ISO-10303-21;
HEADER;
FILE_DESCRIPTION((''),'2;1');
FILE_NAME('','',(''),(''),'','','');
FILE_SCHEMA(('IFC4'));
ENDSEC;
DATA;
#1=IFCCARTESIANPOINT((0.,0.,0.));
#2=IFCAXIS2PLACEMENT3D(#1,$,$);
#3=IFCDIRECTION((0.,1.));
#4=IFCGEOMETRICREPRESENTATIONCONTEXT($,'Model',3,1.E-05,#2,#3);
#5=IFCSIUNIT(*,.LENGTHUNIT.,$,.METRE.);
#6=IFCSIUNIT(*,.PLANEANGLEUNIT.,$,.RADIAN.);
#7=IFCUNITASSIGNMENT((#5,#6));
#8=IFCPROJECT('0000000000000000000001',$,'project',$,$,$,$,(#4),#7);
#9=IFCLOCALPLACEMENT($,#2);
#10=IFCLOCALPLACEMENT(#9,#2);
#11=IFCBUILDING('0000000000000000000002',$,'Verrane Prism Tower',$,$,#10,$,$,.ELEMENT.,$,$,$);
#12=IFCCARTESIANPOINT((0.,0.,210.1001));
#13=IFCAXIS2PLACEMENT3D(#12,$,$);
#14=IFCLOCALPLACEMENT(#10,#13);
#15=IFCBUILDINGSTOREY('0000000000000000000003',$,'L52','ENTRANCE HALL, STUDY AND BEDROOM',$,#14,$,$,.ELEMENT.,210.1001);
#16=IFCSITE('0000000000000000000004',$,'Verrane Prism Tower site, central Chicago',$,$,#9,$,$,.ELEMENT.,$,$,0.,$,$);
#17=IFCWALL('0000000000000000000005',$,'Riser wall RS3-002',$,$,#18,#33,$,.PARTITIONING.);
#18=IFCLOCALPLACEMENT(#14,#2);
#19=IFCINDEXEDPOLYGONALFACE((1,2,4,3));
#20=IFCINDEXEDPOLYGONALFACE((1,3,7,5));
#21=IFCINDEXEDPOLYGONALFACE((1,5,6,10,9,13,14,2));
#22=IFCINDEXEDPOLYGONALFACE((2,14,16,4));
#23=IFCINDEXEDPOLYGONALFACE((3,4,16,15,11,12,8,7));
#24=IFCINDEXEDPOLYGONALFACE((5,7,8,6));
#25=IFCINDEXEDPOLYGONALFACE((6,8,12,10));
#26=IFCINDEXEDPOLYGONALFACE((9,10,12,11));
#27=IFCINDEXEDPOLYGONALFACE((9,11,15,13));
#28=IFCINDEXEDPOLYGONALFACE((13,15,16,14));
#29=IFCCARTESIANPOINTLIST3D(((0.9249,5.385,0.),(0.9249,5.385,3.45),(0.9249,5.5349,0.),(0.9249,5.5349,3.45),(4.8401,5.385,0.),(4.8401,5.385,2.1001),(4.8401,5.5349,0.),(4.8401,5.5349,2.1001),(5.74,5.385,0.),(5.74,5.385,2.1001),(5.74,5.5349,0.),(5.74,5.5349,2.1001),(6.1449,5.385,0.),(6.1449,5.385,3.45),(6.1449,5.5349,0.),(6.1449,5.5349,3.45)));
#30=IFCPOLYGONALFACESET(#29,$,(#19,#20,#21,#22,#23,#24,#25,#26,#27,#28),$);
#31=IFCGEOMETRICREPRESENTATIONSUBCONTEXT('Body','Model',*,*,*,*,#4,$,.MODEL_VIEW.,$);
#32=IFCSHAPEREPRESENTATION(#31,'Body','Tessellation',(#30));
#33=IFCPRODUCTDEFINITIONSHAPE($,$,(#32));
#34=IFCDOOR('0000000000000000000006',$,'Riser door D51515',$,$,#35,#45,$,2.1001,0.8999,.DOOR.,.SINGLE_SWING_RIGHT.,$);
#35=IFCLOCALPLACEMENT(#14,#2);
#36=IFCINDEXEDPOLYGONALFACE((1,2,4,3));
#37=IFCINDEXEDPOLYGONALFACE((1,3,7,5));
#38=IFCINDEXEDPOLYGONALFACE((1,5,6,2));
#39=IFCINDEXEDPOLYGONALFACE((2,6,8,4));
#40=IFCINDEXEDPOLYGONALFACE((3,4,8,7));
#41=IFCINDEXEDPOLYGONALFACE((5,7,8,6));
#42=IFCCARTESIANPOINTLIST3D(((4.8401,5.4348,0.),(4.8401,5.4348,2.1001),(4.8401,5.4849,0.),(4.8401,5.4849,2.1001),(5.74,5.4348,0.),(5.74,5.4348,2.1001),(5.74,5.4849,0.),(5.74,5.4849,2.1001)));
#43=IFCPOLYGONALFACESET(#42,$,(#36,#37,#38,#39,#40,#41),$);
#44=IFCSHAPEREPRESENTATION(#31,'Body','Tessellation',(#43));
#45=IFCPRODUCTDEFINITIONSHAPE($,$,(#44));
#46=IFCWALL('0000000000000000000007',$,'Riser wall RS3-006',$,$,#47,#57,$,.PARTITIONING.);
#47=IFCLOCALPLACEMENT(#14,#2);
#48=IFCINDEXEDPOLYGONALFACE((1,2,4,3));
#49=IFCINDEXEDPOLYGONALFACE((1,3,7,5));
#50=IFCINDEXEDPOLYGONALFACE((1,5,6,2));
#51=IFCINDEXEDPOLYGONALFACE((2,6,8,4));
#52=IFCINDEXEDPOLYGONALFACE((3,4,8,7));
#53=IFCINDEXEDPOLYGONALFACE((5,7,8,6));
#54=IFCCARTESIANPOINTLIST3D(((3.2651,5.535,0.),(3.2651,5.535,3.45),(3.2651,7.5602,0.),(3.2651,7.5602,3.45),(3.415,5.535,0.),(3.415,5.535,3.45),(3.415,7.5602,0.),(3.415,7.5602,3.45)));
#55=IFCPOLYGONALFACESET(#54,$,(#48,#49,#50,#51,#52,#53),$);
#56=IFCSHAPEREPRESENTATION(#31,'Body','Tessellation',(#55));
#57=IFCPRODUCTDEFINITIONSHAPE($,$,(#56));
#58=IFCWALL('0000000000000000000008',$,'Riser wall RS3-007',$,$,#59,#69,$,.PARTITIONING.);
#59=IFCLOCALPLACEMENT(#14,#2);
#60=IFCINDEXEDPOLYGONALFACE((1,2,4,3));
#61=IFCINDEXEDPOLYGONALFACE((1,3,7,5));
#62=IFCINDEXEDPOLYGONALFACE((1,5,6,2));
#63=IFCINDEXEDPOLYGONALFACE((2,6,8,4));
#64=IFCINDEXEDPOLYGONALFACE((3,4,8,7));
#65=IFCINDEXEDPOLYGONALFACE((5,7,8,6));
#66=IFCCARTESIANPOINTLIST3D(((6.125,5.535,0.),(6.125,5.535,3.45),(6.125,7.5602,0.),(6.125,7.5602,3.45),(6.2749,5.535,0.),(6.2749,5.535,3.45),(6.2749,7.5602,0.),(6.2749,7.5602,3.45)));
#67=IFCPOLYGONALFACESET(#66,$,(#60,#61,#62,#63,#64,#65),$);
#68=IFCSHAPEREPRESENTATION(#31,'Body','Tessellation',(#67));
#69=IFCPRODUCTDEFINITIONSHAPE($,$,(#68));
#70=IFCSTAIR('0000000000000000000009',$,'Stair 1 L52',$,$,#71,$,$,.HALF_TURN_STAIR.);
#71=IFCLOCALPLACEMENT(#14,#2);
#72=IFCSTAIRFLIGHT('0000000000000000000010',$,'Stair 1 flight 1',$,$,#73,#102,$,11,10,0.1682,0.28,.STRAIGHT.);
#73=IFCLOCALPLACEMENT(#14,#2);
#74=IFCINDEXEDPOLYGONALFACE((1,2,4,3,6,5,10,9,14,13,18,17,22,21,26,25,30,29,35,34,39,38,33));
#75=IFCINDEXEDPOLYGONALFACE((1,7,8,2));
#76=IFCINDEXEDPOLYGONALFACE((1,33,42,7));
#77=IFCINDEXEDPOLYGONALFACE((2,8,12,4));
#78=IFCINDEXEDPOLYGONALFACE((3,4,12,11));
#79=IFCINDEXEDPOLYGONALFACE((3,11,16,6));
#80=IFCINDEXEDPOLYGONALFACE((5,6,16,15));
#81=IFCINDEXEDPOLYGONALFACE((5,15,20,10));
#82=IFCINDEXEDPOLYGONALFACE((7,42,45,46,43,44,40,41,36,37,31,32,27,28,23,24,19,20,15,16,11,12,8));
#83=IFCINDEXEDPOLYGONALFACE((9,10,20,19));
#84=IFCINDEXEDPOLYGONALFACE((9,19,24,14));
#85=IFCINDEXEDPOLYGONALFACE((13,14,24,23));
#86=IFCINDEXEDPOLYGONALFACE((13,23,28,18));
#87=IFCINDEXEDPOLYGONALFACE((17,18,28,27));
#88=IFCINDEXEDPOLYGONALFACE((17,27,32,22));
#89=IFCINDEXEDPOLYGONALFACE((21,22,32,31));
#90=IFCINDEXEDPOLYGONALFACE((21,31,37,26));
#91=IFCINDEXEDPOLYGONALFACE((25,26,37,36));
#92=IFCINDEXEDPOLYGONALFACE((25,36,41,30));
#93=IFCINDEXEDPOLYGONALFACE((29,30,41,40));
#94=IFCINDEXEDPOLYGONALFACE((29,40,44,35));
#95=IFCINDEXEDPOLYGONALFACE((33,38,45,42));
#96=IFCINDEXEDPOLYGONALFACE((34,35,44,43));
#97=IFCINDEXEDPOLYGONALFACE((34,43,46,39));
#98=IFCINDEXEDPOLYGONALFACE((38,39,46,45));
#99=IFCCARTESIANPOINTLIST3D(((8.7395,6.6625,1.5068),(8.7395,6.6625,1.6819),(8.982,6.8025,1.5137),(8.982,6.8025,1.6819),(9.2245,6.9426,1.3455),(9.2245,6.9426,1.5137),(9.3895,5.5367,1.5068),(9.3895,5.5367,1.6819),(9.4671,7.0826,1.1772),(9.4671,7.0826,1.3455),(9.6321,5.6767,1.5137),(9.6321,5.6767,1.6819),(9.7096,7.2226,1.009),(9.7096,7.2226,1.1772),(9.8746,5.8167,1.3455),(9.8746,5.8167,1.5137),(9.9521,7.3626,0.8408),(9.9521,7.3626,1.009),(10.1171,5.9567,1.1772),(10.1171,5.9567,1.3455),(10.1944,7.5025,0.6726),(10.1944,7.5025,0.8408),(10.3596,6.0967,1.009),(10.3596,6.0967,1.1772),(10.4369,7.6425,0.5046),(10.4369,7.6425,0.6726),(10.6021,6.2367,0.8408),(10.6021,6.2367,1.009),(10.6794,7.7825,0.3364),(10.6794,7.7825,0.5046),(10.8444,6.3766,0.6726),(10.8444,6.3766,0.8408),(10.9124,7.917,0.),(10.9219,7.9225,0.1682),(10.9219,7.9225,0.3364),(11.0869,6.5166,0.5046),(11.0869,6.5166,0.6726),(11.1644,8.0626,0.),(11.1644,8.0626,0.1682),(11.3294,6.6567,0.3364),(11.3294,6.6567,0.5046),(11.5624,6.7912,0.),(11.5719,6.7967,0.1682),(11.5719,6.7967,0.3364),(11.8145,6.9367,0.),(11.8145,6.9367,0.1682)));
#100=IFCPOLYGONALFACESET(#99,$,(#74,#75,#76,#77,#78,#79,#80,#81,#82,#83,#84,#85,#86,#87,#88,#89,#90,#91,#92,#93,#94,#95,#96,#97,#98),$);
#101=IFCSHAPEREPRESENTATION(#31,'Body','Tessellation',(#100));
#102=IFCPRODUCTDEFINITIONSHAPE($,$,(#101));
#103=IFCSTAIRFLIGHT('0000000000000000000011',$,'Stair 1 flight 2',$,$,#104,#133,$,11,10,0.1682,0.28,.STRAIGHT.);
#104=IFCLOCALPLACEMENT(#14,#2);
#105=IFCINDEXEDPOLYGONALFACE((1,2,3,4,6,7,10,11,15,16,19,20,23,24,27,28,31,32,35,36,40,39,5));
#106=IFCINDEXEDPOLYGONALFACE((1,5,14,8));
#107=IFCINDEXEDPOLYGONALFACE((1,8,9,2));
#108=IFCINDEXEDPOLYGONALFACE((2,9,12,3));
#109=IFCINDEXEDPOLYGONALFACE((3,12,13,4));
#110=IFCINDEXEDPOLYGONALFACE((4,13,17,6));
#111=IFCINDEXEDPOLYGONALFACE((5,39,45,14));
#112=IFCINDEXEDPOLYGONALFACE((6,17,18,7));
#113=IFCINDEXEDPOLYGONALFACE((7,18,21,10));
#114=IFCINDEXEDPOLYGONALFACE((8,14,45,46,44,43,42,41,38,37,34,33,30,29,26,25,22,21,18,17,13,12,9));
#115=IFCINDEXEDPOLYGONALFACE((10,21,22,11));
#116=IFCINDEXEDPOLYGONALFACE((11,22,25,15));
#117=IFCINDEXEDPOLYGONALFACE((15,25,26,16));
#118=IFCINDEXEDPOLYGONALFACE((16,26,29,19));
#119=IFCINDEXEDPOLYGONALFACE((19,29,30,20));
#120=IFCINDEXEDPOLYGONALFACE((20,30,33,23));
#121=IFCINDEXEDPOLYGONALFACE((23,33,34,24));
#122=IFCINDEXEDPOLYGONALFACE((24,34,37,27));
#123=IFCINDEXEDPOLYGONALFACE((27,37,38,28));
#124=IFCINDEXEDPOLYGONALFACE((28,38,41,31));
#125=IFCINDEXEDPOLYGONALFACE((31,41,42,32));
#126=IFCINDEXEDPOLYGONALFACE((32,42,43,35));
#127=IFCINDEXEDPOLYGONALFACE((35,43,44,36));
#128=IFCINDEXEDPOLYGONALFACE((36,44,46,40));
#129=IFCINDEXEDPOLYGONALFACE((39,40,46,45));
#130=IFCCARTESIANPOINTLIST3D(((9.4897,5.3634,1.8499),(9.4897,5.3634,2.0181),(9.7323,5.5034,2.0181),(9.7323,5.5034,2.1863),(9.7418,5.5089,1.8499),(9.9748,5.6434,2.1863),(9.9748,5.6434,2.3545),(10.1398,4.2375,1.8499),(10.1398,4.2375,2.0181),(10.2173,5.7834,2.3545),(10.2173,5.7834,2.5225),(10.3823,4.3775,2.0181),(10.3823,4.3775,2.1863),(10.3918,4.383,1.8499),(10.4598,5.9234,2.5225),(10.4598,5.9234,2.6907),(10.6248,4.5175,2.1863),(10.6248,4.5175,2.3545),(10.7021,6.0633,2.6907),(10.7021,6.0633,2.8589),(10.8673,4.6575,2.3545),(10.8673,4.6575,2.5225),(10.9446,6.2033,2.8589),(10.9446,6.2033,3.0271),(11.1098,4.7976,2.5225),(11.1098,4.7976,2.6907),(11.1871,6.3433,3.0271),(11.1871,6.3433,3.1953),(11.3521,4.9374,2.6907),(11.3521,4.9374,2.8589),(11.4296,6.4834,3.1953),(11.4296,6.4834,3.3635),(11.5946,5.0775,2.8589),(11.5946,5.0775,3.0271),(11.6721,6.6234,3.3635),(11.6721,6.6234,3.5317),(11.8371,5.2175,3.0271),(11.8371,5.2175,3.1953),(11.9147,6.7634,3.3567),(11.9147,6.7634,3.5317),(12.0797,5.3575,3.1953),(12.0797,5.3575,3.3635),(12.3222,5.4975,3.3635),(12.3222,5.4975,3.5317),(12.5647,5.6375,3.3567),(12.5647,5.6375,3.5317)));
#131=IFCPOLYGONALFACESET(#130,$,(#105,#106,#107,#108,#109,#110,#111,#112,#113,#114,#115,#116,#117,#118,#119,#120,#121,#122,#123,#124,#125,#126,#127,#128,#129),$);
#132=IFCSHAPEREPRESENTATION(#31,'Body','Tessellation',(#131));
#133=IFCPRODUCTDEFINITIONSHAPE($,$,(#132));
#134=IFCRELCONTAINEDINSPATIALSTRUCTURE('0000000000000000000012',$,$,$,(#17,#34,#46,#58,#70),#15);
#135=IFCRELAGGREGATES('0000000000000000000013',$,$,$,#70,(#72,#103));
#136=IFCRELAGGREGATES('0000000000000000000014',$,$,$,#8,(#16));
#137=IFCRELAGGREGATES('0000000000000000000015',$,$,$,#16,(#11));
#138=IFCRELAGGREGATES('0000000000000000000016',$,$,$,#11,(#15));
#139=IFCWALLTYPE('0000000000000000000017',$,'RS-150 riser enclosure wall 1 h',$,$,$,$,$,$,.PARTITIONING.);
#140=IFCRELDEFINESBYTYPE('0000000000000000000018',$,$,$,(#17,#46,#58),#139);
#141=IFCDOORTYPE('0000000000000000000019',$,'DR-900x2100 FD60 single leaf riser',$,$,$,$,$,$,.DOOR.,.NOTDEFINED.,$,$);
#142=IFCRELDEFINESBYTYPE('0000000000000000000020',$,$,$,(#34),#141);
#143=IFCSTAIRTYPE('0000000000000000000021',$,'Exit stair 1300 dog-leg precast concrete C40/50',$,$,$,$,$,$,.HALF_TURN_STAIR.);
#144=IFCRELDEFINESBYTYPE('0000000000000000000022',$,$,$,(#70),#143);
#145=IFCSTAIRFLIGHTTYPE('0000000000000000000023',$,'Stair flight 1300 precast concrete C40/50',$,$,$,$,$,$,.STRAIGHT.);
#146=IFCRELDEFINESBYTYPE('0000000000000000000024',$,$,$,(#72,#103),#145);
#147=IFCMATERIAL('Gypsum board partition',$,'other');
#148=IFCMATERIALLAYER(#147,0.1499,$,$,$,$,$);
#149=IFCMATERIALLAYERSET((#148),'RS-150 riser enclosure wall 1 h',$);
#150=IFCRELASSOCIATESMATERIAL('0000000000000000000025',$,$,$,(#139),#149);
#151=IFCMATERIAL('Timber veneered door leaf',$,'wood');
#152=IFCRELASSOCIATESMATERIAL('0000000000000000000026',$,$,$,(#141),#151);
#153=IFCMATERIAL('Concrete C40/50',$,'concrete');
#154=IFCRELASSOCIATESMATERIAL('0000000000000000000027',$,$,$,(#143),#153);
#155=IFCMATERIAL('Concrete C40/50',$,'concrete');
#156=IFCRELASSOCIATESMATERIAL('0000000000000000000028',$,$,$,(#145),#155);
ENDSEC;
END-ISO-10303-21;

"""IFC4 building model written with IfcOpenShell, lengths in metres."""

from ifc_helpers import new_model, si_unit, direction, frame, frame_2d, origin, place, context, subcontext, project, spatial, polyline, rectangle, outline, extrude, material, layer, layer_set, type_object, element, fill, aggregate, save


model = new_model("IFC4")

# Units and contexts
model_context = context("Model", 3, precision=1e-05, world=origin(), true_north=direction((0.0, 1.0)))
body_context = subcontext(model_context, "Body", "Model", "MODEL_VIEW")
ifc_project = project(units=[si_unit("LENGTHUNIT", "METRE"), si_unit("PLANEANGLEUNIT", "RADIAN")], contexts=[model_context])

# Site, building, storey
site_placement = place(None, origin())
site = spatial("IfcSite", under=ifc_project, at=site_placement, Name="Verrane Prism Tower site, central Chicago", CompositionType="ELEMENT", RefElevation=0.0)
building_placement = place(site_placement, origin())
building = spatial("IfcBuilding", under=site, at=building_placement, Name="Verrane Prism Tower", CompositionType="ELEMENT")
storey_placement = place(building_placement, frame((0.0, 0.0, 210.1001)))
storey = spatial("IfcBuildingStorey", under=building, at=storey_placement, Name="L52", Description="ENTRANCE HALL, STUDY AND BEDROOM", CompositionType="ELEMENT", Elevation=210.1001)

# Wall, opening, door
ifc_material_1 = material(Name="Gypsum board partition", Category="other")
ifc_layer_1 = layer(ifc_material_1, 0.1499)
ifc_layer_set_1 = layer_set([ifc_layer_1], Name="RS-150 riser enclosure wall 1 h")
wall_type_1 = type_object("IfcWallType", Name="RS-150 riser enclosure wall 1 h", PredefinedType="PARTITIONING", material=ifc_layer_set_1)
ifc_material_2 = material(Name="Timber veneered door leaf", Category="wood")
door_type_1 = type_object("IfcDoorType", Name="DR-900x2100 FD60 single leaf riser", OperationType="NOTDEFINED", PredefinedType="DOOR", material=ifc_material_2)
wall_1_placement = place(storey_placement, frame((0.925, 5.46, 0.0), z_axis=(0.0, 0.0, 1.0), x_axis=(1.0, 0.0, 0.0)))
wall_1 = element("IfcWall", 1, at=wall_1_placement, inside=storey, type_object=wall_type_1, Name="Riser wall RS3-002", PredefinedType="PARTITIONING", context=body_context, shape_type="SweptSolid", body=[
    extrude(rectangle(XDim=5.22, YDim=0.1499, at=frame_2d((2.6099, 0.0))), origin(), (0.0, 0.0, 1.0), 3.45),
])
opening_1_placement = place(wall_1_placement, frame((3.915, 0.0, 0.0)))
opening_1 = element("IfcOpeningElement", 2, at=opening_1_placement, cuts=wall_1, PredefinedType="OPENING", context=body_context, shape_type="SweptSolid", body=[
    extrude(rectangle(XDim=0.8999, YDim=2.1001, at=frame_2d((0.45, 1.05))), frame((0.0, 0.085, 0.0), z_axis=(0.0, -1.0, 0.0), x_axis=(1.0, 0.0, 0.0)), (0.0, 0.0, 1.0), 0.1699),
])
door_1_placement = place(opening_1_placement, origin())
door_1 = element("IfcDoor", 3, at=door_1_placement, inside=storey, type_object=door_type_1, Name="Riser door D51515", OperationType="SINGLE_SWING_RIGHT", OverallHeight=2.1001, OverallWidth=0.8999, PredefinedType="DOOR", context=body_context, shape_type="SweptSolid", body=[
    extrude(rectangle(XDim=0.8999, YDim=2.1001, at=frame_2d((0.45, 1.05))), frame((0.0, 0.0249, 0.0), z_axis=(0.0, -1.0, 0.0), x_axis=(1.0, 0.0, 0.0)), (0.0, 0.0, 1.0), 0.05),
])
fill(opening_1, door_1)

# Walls
for number, where, z_axis, x_axis, name in (
    (4, (3.3401, 5.5349, 0.0), (0.0, 0.0, 1.0), (0.0, 1.0, 0.0), "Riser wall RS3-006"),
    (5, (6.2, 5.5349, 0.0), (0.0, 0.0, 1.0), (0.0, 1.0, 0.0), "Riser wall RS3-007"),
):
    element("IfcWall", number, at=place(storey_placement, frame(where, z_axis=z_axis, x_axis=x_axis)), inside=storey, type_object=wall_type_1, Name=name, PredefinedType="PARTITIONING", context=body_context, shape_type="SweptSolid", body=[
        extrude(rectangle(XDim=2.0251, YDim=0.1499, at=frame_2d((1.0127, 0.0))), origin(), (0.0, 0.0, 1.0), 3.45),
    ])

# Stair, stair flights
ifc_material_3 = material(Name="Concrete C40/50", Category="concrete")
stair_type = type_object("IfcStairType", Name="Exit stair 1300 dog-leg precast concrete C40/50", PredefinedType="HALF_TURN_STAIR", material=ifc_material_3)
stair_placement = place(storey_placement, origin())
stair = element("IfcStair", 6, at=stair_placement, inside=storey, type_object=stair_type, Name="Stair 1 L52", PredefinedType="HALF_TURN_STAIR")
ifc_material_4 = material(Name="Concrete C40/50", Category="concrete")
stair_flight_type = type_object("IfcStairFlightType", Name="Stair flight 1300 precast concrete C40/50", PredefinedType="STRAIGHT", material=ifc_material_4)
stair_flight_1_placement = place(storey_placement, frame((11.4895, 7.4995, 0.0), z_axis=(0.0, 0.0, 1.0), x_axis=(-0.866025, -0.5, 0.0)))
stair_flight_1 = element("IfcStairFlight", 7, at=stair_flight_1_placement, type_object=stair_flight_type, Name="Stair 1 flight 1", NumberOfRisers=11, NumberOfTreads=10, PredefinedType="STRAIGHT", RiserHeight=0.1682, TreadLength=0.28, context=body_context, shape_type="SweptSolid", body=[
    extrude(outline(polyline([(0.0, 0.0), (0.0, 0.1682), (0.28, 0.1682), (0.28, 0.3364), (0.5601, 0.3364), (0.5601, 0.5046), (0.8401, 0.5046), (0.8401, 0.6726), (1.1201, 0.6726), (1.1201, 0.8408), (1.3999, 0.8408), (1.3999, 1.009), (1.6799, 1.009), (1.6799, 1.1772), (1.96, 1.1772), (1.96, 1.3455), (2.24, 1.3455), (2.24, 1.5137), (2.52, 1.5137), (2.52, 1.6819), (2.8, 1.6819), (2.8, 1.8501), (2.8, 1.5068), (0.291, 0.0), (0.0, 0.0)])), frame((0.0, 0.6499, 0.0), z_axis=(0.0, -1.0, 0.0), x_axis=(1.0, 0.0, 0.0)), (0.0, 0.0, 1.0), 1.3),
])
stair_flight_2_placement = place(storey_placement, frame((9.8147, 4.8005, 1.8499), z_axis=(0.0, 0.0, 1.0), x_axis=(0.866025, 0.5, 0.0)))
stair_flight_2 = element("IfcStairFlight", 8, at=stair_flight_2_placement, type_object=stair_flight_type, Name="Stair 1 flight 2", NumberOfRisers=11, NumberOfTreads=10, PredefinedType="STRAIGHT", RiserHeight=0.1682, TreadLength=0.28, context=body_context, shape_type="SweptSolid", body=[
    extrude(outline(polyline([(0.0, 0.0), (0.0, 0.1682), (0.28, 0.1682), (0.28, 0.3364), (0.5601, 0.3364), (0.5601, 0.5046), (0.8401, 0.5046), (0.8401, 0.6726), (1.1201, 0.6726), (1.1201, 0.8408), (1.3999, 0.8408), (1.3999, 1.009), (1.6799, 1.009), (1.6799, 1.1772), (1.96, 1.1772), (1.96, 1.3455), (2.24, 1.3455), (2.24, 1.5137), (2.52, 1.5137), (2.52, 1.6819), (2.8, 1.6819), (2.8, 1.8501), (2.8, 1.5068), (0.291, 0.0), (0.0, 0.0)])), frame((0.0, 0.6499, 0.0), z_axis=(0.0, -1.0, 0.0), x_axis=(1.0, 0.0, 0.0)), (0.0, 0.0, 1.0), 1.3),
])
aggregate(stair, [stair_flight_1, stair_flight_2])

save(model, "model.ifc")
